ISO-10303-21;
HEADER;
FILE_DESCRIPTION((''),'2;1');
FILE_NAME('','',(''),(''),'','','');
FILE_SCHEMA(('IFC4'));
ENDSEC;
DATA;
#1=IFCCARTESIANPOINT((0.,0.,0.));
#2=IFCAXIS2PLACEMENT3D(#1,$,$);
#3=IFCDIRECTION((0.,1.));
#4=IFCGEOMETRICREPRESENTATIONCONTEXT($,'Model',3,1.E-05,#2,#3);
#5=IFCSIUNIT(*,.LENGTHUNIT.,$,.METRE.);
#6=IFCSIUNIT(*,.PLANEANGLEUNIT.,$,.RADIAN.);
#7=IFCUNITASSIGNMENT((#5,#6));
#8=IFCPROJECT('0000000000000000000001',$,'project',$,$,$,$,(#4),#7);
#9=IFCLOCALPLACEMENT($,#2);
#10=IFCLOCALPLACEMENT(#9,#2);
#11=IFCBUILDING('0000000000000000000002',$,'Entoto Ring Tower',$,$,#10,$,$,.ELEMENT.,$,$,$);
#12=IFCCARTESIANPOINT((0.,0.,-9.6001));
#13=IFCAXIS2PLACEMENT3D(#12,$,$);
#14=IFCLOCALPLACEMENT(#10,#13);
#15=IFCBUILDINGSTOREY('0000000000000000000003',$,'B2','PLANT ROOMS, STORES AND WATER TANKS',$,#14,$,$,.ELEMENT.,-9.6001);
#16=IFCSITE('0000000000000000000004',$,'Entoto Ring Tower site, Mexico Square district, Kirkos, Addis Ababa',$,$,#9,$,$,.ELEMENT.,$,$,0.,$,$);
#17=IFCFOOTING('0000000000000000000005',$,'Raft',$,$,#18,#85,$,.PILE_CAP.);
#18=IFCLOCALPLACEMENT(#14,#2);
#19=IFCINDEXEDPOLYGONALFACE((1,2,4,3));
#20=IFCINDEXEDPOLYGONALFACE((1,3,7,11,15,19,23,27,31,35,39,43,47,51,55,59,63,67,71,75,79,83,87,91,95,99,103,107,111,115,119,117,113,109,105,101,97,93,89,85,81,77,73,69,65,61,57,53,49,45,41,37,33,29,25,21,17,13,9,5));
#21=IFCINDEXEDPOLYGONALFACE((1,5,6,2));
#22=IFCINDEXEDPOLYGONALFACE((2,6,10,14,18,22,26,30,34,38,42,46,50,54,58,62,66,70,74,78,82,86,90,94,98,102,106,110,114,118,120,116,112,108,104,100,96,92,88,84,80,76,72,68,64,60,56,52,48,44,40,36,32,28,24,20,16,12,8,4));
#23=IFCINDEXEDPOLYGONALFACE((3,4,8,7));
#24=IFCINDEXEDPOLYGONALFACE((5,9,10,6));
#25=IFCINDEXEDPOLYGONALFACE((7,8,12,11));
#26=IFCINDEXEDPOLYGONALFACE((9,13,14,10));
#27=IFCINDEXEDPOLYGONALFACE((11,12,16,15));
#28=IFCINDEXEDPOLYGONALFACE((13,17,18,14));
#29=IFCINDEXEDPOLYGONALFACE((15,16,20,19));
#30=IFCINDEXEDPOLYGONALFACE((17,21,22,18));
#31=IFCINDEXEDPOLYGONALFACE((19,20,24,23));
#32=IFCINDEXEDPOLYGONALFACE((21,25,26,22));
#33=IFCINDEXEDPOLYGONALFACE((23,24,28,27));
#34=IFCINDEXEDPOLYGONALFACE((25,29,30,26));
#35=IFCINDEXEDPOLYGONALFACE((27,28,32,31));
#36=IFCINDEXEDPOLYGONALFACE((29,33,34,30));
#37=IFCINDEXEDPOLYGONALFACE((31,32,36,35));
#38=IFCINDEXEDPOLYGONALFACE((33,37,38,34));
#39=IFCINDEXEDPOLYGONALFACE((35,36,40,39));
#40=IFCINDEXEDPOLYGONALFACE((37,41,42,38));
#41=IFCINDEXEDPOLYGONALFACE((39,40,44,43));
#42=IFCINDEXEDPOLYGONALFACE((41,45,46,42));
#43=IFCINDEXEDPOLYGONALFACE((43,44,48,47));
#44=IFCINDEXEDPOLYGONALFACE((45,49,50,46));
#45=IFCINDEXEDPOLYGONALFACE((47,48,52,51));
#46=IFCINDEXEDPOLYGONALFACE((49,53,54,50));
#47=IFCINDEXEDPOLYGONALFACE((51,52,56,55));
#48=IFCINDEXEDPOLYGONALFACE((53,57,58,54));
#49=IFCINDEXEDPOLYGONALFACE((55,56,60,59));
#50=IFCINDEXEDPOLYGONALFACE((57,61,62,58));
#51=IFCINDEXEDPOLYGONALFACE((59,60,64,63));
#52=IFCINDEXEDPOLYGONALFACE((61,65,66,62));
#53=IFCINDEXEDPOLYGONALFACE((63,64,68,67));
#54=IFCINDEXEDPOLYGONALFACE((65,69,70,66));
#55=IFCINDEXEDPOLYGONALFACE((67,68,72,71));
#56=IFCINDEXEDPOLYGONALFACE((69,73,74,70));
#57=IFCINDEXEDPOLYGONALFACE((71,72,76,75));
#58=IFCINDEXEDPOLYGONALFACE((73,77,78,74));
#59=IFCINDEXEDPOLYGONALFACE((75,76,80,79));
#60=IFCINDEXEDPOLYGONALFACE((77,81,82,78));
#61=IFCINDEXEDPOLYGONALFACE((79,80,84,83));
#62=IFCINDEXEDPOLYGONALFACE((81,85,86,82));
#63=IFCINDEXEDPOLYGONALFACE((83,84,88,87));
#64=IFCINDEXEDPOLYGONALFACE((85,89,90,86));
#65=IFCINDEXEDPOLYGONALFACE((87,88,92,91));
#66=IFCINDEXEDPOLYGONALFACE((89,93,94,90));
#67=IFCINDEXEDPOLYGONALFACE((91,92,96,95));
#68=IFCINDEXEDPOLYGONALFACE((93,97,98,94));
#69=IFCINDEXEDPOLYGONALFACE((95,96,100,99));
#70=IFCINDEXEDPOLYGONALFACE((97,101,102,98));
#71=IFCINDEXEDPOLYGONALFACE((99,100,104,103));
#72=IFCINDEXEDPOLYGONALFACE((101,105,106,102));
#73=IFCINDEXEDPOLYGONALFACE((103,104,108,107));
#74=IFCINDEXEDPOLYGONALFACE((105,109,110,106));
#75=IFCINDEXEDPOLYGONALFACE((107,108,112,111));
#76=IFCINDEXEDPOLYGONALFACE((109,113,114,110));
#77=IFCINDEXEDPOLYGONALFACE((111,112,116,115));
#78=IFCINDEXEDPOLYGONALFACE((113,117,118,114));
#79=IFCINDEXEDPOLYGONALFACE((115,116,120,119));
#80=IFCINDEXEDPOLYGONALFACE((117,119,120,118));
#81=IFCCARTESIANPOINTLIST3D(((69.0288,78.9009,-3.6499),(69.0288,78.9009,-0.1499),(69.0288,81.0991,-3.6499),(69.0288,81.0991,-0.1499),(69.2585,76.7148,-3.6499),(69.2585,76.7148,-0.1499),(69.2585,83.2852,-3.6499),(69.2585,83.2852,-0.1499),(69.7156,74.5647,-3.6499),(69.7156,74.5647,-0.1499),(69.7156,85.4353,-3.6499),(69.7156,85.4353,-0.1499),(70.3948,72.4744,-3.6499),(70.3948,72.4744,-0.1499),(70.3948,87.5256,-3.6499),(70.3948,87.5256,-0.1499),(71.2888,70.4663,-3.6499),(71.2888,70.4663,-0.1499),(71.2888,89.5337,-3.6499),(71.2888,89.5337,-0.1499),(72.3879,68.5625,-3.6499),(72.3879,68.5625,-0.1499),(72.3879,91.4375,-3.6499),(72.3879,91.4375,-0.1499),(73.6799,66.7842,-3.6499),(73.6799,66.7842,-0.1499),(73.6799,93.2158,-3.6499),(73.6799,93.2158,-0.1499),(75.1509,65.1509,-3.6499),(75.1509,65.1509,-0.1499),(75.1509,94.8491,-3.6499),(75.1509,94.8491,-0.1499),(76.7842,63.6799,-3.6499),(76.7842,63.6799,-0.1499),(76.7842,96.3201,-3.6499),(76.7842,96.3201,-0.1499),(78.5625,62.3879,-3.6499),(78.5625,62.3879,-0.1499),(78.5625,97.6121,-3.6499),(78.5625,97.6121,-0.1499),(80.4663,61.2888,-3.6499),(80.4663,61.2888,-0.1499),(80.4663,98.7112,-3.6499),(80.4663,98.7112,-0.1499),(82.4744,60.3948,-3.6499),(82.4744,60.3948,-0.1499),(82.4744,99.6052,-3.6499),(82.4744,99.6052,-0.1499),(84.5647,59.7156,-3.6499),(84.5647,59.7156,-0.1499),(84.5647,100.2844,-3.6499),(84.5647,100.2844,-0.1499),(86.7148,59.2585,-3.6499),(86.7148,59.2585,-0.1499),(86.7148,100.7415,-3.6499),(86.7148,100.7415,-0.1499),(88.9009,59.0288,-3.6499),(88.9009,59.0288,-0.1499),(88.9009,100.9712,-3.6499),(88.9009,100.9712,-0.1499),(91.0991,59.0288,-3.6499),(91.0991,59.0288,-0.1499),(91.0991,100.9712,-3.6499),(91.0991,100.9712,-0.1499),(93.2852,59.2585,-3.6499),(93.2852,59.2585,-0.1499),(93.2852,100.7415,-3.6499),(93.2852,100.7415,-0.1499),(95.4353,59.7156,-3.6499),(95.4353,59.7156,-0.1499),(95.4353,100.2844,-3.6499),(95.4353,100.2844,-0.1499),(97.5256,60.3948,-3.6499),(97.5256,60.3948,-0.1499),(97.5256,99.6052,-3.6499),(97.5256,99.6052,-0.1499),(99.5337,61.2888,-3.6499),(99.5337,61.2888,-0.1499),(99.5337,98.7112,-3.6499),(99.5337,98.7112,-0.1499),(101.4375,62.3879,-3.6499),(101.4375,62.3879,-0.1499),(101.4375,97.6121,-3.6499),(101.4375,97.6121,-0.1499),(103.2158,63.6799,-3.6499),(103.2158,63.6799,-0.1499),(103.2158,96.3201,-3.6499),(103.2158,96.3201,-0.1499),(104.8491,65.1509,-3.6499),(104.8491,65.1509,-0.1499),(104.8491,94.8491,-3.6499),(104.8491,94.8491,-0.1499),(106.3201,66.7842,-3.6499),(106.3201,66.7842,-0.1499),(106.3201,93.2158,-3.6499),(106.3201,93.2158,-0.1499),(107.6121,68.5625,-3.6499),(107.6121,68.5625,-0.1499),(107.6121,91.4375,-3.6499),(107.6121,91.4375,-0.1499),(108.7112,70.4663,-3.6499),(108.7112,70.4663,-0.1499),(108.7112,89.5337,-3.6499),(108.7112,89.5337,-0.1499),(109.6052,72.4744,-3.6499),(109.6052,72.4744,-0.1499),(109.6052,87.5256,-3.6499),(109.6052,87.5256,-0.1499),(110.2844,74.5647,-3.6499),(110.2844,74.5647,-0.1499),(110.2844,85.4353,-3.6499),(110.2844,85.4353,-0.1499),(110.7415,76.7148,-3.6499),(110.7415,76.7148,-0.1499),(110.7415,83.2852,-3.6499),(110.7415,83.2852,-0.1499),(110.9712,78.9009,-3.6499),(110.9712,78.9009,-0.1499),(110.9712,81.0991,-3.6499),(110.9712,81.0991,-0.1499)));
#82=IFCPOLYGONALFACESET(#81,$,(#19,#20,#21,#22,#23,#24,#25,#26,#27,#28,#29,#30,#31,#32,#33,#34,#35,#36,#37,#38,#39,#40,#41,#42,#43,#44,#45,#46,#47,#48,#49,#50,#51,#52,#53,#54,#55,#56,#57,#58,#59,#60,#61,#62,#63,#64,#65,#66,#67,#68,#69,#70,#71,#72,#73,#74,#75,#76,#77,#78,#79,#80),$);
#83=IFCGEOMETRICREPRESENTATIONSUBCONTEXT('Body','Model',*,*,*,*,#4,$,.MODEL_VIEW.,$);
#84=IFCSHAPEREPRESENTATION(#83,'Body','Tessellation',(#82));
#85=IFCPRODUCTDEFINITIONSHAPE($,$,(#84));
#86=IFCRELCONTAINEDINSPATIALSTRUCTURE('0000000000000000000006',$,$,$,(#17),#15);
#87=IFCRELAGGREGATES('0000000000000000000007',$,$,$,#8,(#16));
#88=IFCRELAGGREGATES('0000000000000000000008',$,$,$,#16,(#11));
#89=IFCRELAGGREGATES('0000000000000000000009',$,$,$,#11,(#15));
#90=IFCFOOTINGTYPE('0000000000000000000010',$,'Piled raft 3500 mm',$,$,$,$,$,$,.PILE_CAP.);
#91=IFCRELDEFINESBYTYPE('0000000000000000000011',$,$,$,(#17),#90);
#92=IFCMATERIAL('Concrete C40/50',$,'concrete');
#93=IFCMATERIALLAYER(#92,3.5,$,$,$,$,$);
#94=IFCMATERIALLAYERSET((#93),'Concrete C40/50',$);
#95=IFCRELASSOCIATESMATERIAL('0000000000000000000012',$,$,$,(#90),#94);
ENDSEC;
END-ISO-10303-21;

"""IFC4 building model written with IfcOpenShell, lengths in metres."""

from ifc_helpers import new_model, si_unit, direction, frame, origin, place, context, subcontext, project, spatial, polyline, outline, extrude, material, layer, layer_set, type_object, element, save


model = new_model("IFC4")

# Units and contexts
model_context = context("Model", 3, precision=1e-05, world=origin(), true_north=direction((0.0, 1.0)))
body_context = subcontext(model_context, "Body", "Model", "MODEL_VIEW")
ifc_project = project(units=[si_unit("LENGTHUNIT", "METRE"), si_unit("PLANEANGLEUNIT", "RADIAN")], contexts=[model_context])

# Site, building, storey
site_placement = place(None, origin())
site = spatial("IfcSite", under=ifc_project, at=site_placement, Name="Entoto Ring Tower site, Mexico Square district, Kirkos, Addis Ababa", CompositionType="ELEMENT", RefElevation=0.0)
building_placement = place(site_placement, origin())
building = spatial("IfcBuilding", under=site, at=building_placement, Name="Entoto Ring Tower", CompositionType="ELEMENT")
storey_placement = place(building_placement, frame((0.0, 0.0, -9.6001)))
storey = spatial("IfcBuildingStorey", under=building, at=storey_placement, Name="B2", Description="PLANT ROOMS, STORES AND WATER TANKS", CompositionType="ELEMENT", Elevation=-9.6001)

# Footing
ifc_material_1 = material(Name="Concrete C40/50", Category="concrete")
ifc_layer_1 = layer(ifc_material_1, 3.5)
ifc_layer_set_1 = layer_set([ifc_layer_1], Name="Concrete C40/50")
footing_type_1 = type_object("IfcFootingType", Name="Piled raft 3500 mm", PredefinedType="PILE_CAP", material=ifc_layer_set_1)
footing_1_placement = place(storey_placement, frame((0.0, 0.0, -3.6499)))
element("IfcFooting", 1, at=footing_1_placement, inside=storey, type_object=footing_type_1, Name="Raft", PredefinedType="PILE_CAP", context=body_context, shape_type="SweptSolid", body=[
    extrude(outline(polyline([(110.7415, 83.2852), (110.2844, 85.4353), (109.6052, 87.5256), (108.7112, 89.5337), (107.6121, 91.4375), (106.3201, 93.2158), (104.8491, 94.8491), (103.2158, 96.3201), (101.4375, 97.6121), (99.5337, 98.7112), (97.5256, 99.6052), (95.4353, 100.2844), (93.2852, 100.7415), (91.0991, 100.9712), (88.9009, 100.9712), (86.7148, 100.7415), (84.5647, 100.2844), (82.4744, 99.6052), (80.4663, 98.7112), (78.5625, 97.6121), (76.7842, 96.3201), (75.1509, 94.8491), (73.6799, 93.2158), (72.3879, 91.4375), (71.2888, 89.5337), (70.3948, 87.5256), (69.7156, 85.4353), (69.2585, 83.2852), (69.0288, 81.0991), (69.0288, 78.9009), (69.2585, 76.7148), (69.7156, 74.5647), (70.3948, 72.4744), (71.2888, 70.4663), (72.3879, 68.5625), (73.6799, 66.7842), (75.1509, 65.1509), (76.7842, 63.6799), (78.5625, 62.3879), (80.4663, 61.2888), (82.4744, 60.3948), (84.5647, 59.7156), (86.7148, 59.2585), (88.9009, 59.0288), (91.0991, 59.0288), (93.2852, 59.2585), (95.4353, 59.7156), (97.5256, 60.3948), (99.5337, 61.2888), (101.4375, 62.3879), (103.2158, 63.6799), (104.8491, 65.1509), (106.3201, 66.7842), (107.6121, 68.5625), (108.7112, 70.4663), (109.6052, 72.4744), (110.2844, 74.5647), (110.7415, 76.7148), (110.9712, 78.9009), (110.9712, 81.0991), (110.7415, 83.2852)])), origin(), (0.0, 0.0, 1.0), 3.5),
])

save(model, "model.ifc")
